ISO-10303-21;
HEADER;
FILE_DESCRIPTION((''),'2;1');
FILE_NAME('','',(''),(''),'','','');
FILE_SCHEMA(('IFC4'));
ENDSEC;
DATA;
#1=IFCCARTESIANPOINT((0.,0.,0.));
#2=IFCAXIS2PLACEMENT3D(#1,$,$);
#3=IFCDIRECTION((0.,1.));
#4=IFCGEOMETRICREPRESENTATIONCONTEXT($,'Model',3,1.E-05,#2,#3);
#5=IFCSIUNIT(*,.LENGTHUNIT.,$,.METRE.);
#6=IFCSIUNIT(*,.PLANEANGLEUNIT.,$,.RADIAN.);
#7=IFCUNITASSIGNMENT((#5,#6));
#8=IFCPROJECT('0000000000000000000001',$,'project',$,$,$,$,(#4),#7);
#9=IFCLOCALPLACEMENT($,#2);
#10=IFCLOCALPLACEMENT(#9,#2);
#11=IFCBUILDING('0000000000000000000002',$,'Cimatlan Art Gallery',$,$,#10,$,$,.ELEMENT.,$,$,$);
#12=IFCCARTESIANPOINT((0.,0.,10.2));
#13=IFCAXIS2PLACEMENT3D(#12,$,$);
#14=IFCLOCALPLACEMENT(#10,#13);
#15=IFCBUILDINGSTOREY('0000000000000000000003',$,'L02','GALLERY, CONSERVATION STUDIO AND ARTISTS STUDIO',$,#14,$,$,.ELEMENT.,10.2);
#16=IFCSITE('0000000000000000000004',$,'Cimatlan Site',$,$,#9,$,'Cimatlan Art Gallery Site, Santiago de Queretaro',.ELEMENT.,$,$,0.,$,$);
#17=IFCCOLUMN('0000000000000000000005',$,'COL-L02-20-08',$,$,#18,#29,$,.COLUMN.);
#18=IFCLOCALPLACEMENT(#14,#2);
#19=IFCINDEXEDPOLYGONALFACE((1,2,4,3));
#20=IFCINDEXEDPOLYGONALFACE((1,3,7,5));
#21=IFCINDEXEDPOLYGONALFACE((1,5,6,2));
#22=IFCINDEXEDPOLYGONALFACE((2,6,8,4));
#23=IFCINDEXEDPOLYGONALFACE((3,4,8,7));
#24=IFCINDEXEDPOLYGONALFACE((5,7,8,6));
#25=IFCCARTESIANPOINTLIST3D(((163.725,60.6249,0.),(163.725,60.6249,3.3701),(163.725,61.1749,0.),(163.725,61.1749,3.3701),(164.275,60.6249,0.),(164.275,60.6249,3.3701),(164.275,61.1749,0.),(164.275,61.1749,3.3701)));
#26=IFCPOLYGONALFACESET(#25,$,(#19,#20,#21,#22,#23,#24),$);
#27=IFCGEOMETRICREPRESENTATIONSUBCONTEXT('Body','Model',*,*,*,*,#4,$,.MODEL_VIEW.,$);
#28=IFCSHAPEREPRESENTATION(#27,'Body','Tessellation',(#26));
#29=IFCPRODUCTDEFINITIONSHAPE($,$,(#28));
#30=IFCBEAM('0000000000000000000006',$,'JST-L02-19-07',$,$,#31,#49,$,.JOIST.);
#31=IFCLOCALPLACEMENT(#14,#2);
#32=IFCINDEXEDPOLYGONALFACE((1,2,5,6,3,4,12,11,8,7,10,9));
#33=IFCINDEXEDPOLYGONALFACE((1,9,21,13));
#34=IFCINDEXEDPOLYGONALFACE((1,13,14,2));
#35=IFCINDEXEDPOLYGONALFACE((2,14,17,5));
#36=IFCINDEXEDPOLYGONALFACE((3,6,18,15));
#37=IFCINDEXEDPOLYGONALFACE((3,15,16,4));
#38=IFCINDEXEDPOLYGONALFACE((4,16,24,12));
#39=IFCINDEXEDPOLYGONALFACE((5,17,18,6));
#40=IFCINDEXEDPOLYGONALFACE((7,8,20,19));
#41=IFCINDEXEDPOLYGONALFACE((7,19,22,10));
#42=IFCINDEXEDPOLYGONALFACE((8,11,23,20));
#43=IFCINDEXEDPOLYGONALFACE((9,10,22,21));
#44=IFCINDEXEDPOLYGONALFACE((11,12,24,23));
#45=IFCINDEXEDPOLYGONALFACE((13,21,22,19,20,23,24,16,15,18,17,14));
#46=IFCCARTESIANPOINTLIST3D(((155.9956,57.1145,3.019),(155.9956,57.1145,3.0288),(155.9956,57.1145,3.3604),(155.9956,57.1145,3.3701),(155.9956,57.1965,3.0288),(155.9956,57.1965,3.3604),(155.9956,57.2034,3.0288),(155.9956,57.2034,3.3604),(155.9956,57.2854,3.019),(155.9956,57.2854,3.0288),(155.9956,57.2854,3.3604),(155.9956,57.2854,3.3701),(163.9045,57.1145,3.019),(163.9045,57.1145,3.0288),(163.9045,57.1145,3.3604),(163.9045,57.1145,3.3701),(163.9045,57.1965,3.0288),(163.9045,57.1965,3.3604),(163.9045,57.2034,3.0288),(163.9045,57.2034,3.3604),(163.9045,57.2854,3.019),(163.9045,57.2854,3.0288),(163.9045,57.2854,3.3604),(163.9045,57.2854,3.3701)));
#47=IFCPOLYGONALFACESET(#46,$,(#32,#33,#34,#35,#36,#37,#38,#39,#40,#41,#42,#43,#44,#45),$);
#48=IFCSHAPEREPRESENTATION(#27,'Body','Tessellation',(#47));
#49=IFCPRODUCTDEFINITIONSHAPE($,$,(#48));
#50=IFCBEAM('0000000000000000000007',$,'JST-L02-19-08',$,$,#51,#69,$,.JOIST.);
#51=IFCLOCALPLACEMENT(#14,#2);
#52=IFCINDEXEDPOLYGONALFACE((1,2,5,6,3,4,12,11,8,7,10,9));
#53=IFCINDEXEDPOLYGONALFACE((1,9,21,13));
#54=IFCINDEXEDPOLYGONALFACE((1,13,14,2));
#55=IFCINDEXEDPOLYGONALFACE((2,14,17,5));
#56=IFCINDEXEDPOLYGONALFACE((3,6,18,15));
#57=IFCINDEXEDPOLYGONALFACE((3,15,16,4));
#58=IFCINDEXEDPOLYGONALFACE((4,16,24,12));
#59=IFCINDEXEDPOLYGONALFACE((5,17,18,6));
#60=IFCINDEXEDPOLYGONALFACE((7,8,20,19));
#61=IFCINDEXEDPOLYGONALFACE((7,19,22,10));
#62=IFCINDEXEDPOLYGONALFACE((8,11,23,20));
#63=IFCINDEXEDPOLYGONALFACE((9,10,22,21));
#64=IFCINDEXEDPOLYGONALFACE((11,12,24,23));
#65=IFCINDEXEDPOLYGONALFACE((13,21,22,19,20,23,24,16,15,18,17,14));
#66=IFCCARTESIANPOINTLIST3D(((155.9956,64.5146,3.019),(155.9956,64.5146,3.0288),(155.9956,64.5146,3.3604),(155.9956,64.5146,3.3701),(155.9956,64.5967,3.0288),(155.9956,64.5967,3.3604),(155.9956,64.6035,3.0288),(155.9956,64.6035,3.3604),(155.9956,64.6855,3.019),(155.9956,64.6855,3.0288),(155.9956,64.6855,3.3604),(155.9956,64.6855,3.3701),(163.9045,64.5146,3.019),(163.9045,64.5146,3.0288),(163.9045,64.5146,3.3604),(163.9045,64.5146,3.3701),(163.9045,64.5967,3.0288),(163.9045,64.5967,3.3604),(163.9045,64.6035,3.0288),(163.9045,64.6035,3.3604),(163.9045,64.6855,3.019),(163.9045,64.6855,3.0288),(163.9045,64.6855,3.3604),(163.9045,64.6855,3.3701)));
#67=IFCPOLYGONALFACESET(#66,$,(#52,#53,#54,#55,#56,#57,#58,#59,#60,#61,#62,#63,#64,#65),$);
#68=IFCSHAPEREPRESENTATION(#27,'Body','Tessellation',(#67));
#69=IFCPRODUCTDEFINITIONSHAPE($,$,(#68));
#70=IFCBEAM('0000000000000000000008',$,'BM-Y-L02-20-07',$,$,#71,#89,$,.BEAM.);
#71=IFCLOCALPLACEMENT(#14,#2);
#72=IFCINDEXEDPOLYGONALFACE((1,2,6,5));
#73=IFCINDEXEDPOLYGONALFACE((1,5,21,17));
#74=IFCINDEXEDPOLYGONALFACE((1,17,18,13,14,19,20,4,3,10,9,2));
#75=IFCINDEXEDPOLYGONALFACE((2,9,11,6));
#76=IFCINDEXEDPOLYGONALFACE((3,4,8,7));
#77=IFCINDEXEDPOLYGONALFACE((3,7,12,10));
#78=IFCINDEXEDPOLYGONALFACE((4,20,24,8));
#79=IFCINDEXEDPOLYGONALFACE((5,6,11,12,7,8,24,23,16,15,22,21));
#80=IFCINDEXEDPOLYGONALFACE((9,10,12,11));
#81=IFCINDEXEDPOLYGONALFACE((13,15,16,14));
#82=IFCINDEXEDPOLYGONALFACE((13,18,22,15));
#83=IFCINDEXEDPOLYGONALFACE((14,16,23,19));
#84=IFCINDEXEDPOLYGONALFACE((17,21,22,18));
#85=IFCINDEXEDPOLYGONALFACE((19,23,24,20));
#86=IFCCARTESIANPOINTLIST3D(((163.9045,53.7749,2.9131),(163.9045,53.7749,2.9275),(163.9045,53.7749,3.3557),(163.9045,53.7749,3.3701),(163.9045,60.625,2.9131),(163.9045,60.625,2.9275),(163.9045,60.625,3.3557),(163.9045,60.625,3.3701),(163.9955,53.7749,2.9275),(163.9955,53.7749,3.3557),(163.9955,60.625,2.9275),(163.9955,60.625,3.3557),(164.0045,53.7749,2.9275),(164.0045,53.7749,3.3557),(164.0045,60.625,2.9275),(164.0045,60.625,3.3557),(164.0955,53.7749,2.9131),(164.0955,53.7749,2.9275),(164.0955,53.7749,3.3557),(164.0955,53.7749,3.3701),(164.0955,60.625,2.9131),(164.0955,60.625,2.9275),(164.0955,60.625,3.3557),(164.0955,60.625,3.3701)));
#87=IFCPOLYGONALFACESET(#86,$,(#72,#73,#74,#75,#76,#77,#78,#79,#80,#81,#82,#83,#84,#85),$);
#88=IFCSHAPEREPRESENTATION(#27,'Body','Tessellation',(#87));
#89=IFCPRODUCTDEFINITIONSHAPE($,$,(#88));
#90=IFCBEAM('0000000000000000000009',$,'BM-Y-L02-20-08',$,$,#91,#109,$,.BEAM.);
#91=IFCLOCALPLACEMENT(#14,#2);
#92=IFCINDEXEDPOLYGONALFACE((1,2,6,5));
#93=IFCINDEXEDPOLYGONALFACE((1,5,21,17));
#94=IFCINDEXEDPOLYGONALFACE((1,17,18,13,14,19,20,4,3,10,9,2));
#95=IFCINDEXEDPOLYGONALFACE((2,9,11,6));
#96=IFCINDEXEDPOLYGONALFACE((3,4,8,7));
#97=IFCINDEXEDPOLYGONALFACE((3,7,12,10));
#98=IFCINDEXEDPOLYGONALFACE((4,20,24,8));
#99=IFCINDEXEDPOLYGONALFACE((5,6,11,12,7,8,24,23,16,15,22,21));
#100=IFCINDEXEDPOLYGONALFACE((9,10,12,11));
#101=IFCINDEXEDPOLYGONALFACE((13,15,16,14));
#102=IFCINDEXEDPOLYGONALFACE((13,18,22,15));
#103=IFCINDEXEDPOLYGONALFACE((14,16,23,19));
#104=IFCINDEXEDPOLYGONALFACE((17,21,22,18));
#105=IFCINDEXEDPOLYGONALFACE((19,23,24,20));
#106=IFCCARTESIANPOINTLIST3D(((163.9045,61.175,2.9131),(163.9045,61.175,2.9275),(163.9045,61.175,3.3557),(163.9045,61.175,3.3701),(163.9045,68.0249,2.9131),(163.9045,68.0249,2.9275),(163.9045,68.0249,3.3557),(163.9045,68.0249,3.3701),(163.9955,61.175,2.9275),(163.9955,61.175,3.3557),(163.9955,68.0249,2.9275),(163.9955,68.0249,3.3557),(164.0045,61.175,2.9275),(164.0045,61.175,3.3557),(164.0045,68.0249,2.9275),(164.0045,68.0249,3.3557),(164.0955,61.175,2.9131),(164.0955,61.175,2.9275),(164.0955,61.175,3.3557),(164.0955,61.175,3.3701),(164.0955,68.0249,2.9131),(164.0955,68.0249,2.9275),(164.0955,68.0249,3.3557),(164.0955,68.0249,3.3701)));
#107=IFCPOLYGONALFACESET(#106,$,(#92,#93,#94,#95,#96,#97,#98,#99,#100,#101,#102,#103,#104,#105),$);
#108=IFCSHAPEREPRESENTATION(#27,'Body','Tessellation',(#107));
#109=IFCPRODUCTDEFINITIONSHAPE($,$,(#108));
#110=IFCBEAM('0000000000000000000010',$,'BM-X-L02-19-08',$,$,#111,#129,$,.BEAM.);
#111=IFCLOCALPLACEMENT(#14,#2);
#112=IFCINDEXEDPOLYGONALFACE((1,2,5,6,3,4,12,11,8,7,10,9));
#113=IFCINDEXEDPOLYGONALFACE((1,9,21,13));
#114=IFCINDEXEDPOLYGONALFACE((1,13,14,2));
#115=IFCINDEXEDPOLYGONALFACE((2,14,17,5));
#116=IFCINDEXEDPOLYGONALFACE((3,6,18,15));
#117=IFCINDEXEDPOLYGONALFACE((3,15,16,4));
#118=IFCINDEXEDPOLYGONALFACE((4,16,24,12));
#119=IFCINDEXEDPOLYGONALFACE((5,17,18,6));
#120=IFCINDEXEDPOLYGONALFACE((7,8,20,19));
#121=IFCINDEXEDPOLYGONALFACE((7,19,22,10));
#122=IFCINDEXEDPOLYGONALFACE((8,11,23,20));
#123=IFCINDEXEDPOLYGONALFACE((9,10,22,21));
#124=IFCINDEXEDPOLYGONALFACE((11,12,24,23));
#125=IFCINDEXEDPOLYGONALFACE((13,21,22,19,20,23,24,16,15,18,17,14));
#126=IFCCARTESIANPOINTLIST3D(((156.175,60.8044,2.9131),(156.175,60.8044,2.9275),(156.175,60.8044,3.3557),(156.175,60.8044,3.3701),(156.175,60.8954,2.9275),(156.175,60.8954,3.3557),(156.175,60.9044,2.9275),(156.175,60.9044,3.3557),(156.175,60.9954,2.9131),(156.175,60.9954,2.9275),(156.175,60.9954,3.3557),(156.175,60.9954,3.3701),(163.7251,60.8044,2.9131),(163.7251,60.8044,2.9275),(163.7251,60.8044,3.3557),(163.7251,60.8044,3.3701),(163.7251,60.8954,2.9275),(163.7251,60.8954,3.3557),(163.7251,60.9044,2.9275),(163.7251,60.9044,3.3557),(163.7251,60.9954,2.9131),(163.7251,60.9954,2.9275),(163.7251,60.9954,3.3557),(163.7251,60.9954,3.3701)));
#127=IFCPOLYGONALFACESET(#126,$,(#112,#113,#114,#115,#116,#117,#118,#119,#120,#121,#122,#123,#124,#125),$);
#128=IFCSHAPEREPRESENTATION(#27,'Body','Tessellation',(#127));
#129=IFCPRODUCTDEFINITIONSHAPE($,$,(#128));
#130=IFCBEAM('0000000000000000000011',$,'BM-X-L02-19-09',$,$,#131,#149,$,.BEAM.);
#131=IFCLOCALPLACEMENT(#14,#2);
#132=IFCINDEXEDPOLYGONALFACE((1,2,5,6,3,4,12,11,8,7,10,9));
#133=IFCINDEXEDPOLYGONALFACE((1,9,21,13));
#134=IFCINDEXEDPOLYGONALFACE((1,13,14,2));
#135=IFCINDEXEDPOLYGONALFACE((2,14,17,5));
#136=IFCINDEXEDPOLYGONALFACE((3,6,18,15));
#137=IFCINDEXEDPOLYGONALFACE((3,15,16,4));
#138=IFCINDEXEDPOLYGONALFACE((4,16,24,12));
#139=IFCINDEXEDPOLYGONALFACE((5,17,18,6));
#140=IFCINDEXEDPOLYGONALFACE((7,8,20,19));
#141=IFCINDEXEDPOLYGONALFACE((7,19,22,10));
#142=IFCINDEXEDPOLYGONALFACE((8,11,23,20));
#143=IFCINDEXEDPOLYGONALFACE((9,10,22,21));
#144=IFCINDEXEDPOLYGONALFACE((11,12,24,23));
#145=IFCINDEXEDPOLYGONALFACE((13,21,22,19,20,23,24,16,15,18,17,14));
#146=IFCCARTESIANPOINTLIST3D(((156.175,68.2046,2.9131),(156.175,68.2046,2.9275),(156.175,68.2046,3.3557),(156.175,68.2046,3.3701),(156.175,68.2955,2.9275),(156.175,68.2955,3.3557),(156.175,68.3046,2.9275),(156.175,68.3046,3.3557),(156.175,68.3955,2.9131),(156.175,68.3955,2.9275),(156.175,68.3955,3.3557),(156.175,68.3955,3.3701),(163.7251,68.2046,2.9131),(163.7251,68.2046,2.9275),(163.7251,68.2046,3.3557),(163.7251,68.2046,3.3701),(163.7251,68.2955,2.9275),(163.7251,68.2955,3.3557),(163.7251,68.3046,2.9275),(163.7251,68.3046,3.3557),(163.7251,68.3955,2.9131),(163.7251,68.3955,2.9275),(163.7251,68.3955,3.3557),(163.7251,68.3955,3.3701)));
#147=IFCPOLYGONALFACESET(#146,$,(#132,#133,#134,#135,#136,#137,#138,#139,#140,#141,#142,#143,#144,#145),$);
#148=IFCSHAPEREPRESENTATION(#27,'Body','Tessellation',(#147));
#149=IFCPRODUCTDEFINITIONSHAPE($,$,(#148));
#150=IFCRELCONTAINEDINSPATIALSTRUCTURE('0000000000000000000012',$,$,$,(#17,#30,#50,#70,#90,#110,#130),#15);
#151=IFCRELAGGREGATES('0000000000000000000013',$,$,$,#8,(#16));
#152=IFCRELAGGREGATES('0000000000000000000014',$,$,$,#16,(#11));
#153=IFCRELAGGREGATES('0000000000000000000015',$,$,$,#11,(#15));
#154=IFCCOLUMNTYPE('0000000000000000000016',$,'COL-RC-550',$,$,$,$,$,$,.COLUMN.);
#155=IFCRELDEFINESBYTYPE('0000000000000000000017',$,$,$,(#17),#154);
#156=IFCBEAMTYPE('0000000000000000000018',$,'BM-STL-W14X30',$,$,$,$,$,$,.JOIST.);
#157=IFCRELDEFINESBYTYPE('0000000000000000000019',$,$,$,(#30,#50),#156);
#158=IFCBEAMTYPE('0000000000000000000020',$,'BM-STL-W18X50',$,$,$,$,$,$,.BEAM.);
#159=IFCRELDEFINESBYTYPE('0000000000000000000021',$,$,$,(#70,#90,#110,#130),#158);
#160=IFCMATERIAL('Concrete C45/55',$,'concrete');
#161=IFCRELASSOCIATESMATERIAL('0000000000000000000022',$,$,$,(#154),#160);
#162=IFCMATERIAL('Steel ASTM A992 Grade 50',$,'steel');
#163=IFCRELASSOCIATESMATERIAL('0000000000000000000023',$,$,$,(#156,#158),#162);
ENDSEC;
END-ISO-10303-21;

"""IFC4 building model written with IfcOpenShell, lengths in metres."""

from ifc_helpers import new_model, si_unit, direction, frame, origin, origin_2d, place, context, subcontext, project, spatial, rectangle, i_section, extrude, material, material_profile, profile_set, type_object, element, save


model = new_model("IFC4")

# Units and contexts
model_context = context("Model", 3, precision=1e-05, world=origin(), true_north=direction((0.0, 1.0)))
body_context = subcontext(model_context, "Body", "Model", "MODEL_VIEW")
ifc_project = project(units=[si_unit("LENGTHUNIT", "METRE"), si_unit("PLANEANGLEUNIT", "RADIAN")], contexts=[model_context])

# Site, building, storey
site_placement = place(None, origin())
site = spatial("IfcSite", under=ifc_project, at=site_placement, Name="Cimatlan Site", LongName="Cimatlan Art Gallery Site, Santiago de Queretaro", CompositionType="ELEMENT", RefElevation=0.0)
building_placement = place(site_placement, origin())
building = spatial("IfcBuilding", under=site, at=building_placement, Name="Cimatlan Art Gallery", CompositionType="ELEMENT")
storey_placement = place(building_placement, frame((0.0, 0.0, 10.2)))
storey = spatial("IfcBuildingStorey", under=building, at=storey_placement, Name="L02", Description="GALLERY, CONSERVATION STUDIO AND ARTISTS STUDIO", CompositionType="ELEMENT", Elevation=10.2)

# Column
ifc_material_1 = material(Name="Concrete C45/55", Category="concrete")
ifc_material_profile_1 = material_profile(ifc_material_1, rectangle(XDim=0.55, YDim=0.55, at=origin_2d()), Name="RC550X550")
ifc_profile_set_1 = profile_set([ifc_material_profile_1], Name="Concrete C45/55")
column_type = type_object("IfcColumnType", Name="COL-RC-550", PredefinedType="COLUMN", material=ifc_profile_set_1)
column_placement = place(storey_placement, frame((164.0, 60.8999, 0.0), z_axis=(0.0, 0.0, 1.0), x_axis=(1.0, 0.0, 0.0)))
element("IfcColumn", 1, at=column_placement, inside=storey, type_object=column_type, Name="COL-L02-20-08", PredefinedType="COLUMN", context=body_context, shape_type="SweptSolid", body=[
    extrude(rectangle(XDim=0.55, YDim=0.55, at=origin_2d()), origin(), (0.0, 0.0, 1.0), 3.3701),
])

# Beams
ifc_material_2 = material(Name="Steel ASTM A992 Grade 50", Category="steel")
ifc_material_profile_2 = material_profile(ifc_material_2, i_section(OverallWidth=0.1709, OverallDepth=0.3511, WebThickness=0.0068, FlangeThickness=0.0098, at=origin_2d()), Name="W14X30")
ifc_profile_set_2 = profile_set([ifc_material_profile_2], Name="Steel ASTM A992 Grade 50")
beam_type_1 = type_object("IfcBeamType", Name="BM-STL-W14X30", PredefinedType="JOIST", material=ifc_profile_set_2)
for number, where, z_axis, x_axis, name in (
    (2, (155.9956, 57.2, 3.1946), (1.0, 0.0, 0.0), (0.0, 1.0, 0.0), "JST-L02-19-07"),
    (3, (155.9956, 64.6001, 3.1946), (1.0, 0.0, 0.0), (0.0, 1.0, 0.0), "JST-L02-19-08"),
):
    element("IfcBeam", number, at=place(storey_placement, frame(where, z_axis=z_axis, x_axis=x_axis)), inside=storey, type_object=beam_type_1, Name=name, PredefinedType="JOIST", context=body_context, shape_type="SweptSolid", body=[
        extrude(i_section(OverallWidth=0.1709, OverallDepth=0.3511, WebThickness=0.0068, FlangeThickness=0.0098, at=origin_2d()), origin(), (0.0, 0.0, 1.0), 7.9089),
    ])
ifc_material_profile_3 = material_profile(ifc_material_2, i_section(OverallWidth=0.1909, OverallDepth=0.457, WebThickness=0.009, FlangeThickness=0.0144, at=origin_2d()), Name="W18X50")
ifc_profile_set_3 = profile_set([ifc_material_profile_3], Name="Steel ASTM A992 Grade 50")
beam_type_2 = type_object("IfcBeamType", Name="BM-STL-W18X50", PredefinedType="BEAM", material=ifc_profile_set_3)
beam_1_placement = place(storey_placement, frame((164.0, 53.7749, 3.1416), z_axis=(0.0, 1.0, 0.0), x_axis=(-1.0, 0.0, 0.0)))
element("IfcBeam", 4, at=beam_1_placement, inside=storey, type_object=beam_type_2, Name="BM-Y-L02-20-07", PredefinedType="BEAM", context=body_context, shape_type="SweptSolid", body=[
    extrude(i_section(OverallWidth=0.1909, OverallDepth=0.457, WebThickness=0.009, FlangeThickness=0.0144, at=origin_2d()), origin(), (0.0, 0.0, 1.0), 6.8501),
])
beam_2_placement = place(storey_placement, frame((164.0, 61.175, 3.1416), z_axis=(0.0, 1.0, 0.0), x_axis=(-1.0, 0.0, 0.0)))
element("IfcBeam", 5, at=beam_2_placement, inside=storey, type_object=beam_type_2, Name="BM-Y-L02-20-08", PredefinedType="BEAM", context=body_context, shape_type="SweptSolid", body=[
    extrude(i_section(OverallWidth=0.1909, OverallDepth=0.457, WebThickness=0.009, FlangeThickness=0.0144, at=origin_2d()), origin(), (0.0, 0.0, 1.0), 6.8499),
])
for number, where, z_axis, x_axis, name in (
    (6, (156.175, 60.8999, 3.1416), (1.0, 0.0, 0.0), (0.0, 1.0, 0.0), "BM-X-L02-19-08"),
    (7, (156.175, 68.3, 3.1416), (1.0, 0.0, 0.0), (0.0, 1.0, 0.0), "BM-X-L02-19-09"),
):
    element("IfcBeam", number, at=place(storey_placement, frame(where, z_axis=z_axis, x_axis=x_axis)), inside=storey, type_object=beam_type_2, Name=name, PredefinedType="BEAM", context=body_context, shape_type="SweptSolid", body=[
        extrude(i_section(OverallWidth=0.1909, OverallDepth=0.457, WebThickness=0.009, FlangeThickness=0.0144, at=origin_2d()), origin(), (0.0, 0.0, 1.0), 7.55),
    ])

save(model, "model.ifc")
